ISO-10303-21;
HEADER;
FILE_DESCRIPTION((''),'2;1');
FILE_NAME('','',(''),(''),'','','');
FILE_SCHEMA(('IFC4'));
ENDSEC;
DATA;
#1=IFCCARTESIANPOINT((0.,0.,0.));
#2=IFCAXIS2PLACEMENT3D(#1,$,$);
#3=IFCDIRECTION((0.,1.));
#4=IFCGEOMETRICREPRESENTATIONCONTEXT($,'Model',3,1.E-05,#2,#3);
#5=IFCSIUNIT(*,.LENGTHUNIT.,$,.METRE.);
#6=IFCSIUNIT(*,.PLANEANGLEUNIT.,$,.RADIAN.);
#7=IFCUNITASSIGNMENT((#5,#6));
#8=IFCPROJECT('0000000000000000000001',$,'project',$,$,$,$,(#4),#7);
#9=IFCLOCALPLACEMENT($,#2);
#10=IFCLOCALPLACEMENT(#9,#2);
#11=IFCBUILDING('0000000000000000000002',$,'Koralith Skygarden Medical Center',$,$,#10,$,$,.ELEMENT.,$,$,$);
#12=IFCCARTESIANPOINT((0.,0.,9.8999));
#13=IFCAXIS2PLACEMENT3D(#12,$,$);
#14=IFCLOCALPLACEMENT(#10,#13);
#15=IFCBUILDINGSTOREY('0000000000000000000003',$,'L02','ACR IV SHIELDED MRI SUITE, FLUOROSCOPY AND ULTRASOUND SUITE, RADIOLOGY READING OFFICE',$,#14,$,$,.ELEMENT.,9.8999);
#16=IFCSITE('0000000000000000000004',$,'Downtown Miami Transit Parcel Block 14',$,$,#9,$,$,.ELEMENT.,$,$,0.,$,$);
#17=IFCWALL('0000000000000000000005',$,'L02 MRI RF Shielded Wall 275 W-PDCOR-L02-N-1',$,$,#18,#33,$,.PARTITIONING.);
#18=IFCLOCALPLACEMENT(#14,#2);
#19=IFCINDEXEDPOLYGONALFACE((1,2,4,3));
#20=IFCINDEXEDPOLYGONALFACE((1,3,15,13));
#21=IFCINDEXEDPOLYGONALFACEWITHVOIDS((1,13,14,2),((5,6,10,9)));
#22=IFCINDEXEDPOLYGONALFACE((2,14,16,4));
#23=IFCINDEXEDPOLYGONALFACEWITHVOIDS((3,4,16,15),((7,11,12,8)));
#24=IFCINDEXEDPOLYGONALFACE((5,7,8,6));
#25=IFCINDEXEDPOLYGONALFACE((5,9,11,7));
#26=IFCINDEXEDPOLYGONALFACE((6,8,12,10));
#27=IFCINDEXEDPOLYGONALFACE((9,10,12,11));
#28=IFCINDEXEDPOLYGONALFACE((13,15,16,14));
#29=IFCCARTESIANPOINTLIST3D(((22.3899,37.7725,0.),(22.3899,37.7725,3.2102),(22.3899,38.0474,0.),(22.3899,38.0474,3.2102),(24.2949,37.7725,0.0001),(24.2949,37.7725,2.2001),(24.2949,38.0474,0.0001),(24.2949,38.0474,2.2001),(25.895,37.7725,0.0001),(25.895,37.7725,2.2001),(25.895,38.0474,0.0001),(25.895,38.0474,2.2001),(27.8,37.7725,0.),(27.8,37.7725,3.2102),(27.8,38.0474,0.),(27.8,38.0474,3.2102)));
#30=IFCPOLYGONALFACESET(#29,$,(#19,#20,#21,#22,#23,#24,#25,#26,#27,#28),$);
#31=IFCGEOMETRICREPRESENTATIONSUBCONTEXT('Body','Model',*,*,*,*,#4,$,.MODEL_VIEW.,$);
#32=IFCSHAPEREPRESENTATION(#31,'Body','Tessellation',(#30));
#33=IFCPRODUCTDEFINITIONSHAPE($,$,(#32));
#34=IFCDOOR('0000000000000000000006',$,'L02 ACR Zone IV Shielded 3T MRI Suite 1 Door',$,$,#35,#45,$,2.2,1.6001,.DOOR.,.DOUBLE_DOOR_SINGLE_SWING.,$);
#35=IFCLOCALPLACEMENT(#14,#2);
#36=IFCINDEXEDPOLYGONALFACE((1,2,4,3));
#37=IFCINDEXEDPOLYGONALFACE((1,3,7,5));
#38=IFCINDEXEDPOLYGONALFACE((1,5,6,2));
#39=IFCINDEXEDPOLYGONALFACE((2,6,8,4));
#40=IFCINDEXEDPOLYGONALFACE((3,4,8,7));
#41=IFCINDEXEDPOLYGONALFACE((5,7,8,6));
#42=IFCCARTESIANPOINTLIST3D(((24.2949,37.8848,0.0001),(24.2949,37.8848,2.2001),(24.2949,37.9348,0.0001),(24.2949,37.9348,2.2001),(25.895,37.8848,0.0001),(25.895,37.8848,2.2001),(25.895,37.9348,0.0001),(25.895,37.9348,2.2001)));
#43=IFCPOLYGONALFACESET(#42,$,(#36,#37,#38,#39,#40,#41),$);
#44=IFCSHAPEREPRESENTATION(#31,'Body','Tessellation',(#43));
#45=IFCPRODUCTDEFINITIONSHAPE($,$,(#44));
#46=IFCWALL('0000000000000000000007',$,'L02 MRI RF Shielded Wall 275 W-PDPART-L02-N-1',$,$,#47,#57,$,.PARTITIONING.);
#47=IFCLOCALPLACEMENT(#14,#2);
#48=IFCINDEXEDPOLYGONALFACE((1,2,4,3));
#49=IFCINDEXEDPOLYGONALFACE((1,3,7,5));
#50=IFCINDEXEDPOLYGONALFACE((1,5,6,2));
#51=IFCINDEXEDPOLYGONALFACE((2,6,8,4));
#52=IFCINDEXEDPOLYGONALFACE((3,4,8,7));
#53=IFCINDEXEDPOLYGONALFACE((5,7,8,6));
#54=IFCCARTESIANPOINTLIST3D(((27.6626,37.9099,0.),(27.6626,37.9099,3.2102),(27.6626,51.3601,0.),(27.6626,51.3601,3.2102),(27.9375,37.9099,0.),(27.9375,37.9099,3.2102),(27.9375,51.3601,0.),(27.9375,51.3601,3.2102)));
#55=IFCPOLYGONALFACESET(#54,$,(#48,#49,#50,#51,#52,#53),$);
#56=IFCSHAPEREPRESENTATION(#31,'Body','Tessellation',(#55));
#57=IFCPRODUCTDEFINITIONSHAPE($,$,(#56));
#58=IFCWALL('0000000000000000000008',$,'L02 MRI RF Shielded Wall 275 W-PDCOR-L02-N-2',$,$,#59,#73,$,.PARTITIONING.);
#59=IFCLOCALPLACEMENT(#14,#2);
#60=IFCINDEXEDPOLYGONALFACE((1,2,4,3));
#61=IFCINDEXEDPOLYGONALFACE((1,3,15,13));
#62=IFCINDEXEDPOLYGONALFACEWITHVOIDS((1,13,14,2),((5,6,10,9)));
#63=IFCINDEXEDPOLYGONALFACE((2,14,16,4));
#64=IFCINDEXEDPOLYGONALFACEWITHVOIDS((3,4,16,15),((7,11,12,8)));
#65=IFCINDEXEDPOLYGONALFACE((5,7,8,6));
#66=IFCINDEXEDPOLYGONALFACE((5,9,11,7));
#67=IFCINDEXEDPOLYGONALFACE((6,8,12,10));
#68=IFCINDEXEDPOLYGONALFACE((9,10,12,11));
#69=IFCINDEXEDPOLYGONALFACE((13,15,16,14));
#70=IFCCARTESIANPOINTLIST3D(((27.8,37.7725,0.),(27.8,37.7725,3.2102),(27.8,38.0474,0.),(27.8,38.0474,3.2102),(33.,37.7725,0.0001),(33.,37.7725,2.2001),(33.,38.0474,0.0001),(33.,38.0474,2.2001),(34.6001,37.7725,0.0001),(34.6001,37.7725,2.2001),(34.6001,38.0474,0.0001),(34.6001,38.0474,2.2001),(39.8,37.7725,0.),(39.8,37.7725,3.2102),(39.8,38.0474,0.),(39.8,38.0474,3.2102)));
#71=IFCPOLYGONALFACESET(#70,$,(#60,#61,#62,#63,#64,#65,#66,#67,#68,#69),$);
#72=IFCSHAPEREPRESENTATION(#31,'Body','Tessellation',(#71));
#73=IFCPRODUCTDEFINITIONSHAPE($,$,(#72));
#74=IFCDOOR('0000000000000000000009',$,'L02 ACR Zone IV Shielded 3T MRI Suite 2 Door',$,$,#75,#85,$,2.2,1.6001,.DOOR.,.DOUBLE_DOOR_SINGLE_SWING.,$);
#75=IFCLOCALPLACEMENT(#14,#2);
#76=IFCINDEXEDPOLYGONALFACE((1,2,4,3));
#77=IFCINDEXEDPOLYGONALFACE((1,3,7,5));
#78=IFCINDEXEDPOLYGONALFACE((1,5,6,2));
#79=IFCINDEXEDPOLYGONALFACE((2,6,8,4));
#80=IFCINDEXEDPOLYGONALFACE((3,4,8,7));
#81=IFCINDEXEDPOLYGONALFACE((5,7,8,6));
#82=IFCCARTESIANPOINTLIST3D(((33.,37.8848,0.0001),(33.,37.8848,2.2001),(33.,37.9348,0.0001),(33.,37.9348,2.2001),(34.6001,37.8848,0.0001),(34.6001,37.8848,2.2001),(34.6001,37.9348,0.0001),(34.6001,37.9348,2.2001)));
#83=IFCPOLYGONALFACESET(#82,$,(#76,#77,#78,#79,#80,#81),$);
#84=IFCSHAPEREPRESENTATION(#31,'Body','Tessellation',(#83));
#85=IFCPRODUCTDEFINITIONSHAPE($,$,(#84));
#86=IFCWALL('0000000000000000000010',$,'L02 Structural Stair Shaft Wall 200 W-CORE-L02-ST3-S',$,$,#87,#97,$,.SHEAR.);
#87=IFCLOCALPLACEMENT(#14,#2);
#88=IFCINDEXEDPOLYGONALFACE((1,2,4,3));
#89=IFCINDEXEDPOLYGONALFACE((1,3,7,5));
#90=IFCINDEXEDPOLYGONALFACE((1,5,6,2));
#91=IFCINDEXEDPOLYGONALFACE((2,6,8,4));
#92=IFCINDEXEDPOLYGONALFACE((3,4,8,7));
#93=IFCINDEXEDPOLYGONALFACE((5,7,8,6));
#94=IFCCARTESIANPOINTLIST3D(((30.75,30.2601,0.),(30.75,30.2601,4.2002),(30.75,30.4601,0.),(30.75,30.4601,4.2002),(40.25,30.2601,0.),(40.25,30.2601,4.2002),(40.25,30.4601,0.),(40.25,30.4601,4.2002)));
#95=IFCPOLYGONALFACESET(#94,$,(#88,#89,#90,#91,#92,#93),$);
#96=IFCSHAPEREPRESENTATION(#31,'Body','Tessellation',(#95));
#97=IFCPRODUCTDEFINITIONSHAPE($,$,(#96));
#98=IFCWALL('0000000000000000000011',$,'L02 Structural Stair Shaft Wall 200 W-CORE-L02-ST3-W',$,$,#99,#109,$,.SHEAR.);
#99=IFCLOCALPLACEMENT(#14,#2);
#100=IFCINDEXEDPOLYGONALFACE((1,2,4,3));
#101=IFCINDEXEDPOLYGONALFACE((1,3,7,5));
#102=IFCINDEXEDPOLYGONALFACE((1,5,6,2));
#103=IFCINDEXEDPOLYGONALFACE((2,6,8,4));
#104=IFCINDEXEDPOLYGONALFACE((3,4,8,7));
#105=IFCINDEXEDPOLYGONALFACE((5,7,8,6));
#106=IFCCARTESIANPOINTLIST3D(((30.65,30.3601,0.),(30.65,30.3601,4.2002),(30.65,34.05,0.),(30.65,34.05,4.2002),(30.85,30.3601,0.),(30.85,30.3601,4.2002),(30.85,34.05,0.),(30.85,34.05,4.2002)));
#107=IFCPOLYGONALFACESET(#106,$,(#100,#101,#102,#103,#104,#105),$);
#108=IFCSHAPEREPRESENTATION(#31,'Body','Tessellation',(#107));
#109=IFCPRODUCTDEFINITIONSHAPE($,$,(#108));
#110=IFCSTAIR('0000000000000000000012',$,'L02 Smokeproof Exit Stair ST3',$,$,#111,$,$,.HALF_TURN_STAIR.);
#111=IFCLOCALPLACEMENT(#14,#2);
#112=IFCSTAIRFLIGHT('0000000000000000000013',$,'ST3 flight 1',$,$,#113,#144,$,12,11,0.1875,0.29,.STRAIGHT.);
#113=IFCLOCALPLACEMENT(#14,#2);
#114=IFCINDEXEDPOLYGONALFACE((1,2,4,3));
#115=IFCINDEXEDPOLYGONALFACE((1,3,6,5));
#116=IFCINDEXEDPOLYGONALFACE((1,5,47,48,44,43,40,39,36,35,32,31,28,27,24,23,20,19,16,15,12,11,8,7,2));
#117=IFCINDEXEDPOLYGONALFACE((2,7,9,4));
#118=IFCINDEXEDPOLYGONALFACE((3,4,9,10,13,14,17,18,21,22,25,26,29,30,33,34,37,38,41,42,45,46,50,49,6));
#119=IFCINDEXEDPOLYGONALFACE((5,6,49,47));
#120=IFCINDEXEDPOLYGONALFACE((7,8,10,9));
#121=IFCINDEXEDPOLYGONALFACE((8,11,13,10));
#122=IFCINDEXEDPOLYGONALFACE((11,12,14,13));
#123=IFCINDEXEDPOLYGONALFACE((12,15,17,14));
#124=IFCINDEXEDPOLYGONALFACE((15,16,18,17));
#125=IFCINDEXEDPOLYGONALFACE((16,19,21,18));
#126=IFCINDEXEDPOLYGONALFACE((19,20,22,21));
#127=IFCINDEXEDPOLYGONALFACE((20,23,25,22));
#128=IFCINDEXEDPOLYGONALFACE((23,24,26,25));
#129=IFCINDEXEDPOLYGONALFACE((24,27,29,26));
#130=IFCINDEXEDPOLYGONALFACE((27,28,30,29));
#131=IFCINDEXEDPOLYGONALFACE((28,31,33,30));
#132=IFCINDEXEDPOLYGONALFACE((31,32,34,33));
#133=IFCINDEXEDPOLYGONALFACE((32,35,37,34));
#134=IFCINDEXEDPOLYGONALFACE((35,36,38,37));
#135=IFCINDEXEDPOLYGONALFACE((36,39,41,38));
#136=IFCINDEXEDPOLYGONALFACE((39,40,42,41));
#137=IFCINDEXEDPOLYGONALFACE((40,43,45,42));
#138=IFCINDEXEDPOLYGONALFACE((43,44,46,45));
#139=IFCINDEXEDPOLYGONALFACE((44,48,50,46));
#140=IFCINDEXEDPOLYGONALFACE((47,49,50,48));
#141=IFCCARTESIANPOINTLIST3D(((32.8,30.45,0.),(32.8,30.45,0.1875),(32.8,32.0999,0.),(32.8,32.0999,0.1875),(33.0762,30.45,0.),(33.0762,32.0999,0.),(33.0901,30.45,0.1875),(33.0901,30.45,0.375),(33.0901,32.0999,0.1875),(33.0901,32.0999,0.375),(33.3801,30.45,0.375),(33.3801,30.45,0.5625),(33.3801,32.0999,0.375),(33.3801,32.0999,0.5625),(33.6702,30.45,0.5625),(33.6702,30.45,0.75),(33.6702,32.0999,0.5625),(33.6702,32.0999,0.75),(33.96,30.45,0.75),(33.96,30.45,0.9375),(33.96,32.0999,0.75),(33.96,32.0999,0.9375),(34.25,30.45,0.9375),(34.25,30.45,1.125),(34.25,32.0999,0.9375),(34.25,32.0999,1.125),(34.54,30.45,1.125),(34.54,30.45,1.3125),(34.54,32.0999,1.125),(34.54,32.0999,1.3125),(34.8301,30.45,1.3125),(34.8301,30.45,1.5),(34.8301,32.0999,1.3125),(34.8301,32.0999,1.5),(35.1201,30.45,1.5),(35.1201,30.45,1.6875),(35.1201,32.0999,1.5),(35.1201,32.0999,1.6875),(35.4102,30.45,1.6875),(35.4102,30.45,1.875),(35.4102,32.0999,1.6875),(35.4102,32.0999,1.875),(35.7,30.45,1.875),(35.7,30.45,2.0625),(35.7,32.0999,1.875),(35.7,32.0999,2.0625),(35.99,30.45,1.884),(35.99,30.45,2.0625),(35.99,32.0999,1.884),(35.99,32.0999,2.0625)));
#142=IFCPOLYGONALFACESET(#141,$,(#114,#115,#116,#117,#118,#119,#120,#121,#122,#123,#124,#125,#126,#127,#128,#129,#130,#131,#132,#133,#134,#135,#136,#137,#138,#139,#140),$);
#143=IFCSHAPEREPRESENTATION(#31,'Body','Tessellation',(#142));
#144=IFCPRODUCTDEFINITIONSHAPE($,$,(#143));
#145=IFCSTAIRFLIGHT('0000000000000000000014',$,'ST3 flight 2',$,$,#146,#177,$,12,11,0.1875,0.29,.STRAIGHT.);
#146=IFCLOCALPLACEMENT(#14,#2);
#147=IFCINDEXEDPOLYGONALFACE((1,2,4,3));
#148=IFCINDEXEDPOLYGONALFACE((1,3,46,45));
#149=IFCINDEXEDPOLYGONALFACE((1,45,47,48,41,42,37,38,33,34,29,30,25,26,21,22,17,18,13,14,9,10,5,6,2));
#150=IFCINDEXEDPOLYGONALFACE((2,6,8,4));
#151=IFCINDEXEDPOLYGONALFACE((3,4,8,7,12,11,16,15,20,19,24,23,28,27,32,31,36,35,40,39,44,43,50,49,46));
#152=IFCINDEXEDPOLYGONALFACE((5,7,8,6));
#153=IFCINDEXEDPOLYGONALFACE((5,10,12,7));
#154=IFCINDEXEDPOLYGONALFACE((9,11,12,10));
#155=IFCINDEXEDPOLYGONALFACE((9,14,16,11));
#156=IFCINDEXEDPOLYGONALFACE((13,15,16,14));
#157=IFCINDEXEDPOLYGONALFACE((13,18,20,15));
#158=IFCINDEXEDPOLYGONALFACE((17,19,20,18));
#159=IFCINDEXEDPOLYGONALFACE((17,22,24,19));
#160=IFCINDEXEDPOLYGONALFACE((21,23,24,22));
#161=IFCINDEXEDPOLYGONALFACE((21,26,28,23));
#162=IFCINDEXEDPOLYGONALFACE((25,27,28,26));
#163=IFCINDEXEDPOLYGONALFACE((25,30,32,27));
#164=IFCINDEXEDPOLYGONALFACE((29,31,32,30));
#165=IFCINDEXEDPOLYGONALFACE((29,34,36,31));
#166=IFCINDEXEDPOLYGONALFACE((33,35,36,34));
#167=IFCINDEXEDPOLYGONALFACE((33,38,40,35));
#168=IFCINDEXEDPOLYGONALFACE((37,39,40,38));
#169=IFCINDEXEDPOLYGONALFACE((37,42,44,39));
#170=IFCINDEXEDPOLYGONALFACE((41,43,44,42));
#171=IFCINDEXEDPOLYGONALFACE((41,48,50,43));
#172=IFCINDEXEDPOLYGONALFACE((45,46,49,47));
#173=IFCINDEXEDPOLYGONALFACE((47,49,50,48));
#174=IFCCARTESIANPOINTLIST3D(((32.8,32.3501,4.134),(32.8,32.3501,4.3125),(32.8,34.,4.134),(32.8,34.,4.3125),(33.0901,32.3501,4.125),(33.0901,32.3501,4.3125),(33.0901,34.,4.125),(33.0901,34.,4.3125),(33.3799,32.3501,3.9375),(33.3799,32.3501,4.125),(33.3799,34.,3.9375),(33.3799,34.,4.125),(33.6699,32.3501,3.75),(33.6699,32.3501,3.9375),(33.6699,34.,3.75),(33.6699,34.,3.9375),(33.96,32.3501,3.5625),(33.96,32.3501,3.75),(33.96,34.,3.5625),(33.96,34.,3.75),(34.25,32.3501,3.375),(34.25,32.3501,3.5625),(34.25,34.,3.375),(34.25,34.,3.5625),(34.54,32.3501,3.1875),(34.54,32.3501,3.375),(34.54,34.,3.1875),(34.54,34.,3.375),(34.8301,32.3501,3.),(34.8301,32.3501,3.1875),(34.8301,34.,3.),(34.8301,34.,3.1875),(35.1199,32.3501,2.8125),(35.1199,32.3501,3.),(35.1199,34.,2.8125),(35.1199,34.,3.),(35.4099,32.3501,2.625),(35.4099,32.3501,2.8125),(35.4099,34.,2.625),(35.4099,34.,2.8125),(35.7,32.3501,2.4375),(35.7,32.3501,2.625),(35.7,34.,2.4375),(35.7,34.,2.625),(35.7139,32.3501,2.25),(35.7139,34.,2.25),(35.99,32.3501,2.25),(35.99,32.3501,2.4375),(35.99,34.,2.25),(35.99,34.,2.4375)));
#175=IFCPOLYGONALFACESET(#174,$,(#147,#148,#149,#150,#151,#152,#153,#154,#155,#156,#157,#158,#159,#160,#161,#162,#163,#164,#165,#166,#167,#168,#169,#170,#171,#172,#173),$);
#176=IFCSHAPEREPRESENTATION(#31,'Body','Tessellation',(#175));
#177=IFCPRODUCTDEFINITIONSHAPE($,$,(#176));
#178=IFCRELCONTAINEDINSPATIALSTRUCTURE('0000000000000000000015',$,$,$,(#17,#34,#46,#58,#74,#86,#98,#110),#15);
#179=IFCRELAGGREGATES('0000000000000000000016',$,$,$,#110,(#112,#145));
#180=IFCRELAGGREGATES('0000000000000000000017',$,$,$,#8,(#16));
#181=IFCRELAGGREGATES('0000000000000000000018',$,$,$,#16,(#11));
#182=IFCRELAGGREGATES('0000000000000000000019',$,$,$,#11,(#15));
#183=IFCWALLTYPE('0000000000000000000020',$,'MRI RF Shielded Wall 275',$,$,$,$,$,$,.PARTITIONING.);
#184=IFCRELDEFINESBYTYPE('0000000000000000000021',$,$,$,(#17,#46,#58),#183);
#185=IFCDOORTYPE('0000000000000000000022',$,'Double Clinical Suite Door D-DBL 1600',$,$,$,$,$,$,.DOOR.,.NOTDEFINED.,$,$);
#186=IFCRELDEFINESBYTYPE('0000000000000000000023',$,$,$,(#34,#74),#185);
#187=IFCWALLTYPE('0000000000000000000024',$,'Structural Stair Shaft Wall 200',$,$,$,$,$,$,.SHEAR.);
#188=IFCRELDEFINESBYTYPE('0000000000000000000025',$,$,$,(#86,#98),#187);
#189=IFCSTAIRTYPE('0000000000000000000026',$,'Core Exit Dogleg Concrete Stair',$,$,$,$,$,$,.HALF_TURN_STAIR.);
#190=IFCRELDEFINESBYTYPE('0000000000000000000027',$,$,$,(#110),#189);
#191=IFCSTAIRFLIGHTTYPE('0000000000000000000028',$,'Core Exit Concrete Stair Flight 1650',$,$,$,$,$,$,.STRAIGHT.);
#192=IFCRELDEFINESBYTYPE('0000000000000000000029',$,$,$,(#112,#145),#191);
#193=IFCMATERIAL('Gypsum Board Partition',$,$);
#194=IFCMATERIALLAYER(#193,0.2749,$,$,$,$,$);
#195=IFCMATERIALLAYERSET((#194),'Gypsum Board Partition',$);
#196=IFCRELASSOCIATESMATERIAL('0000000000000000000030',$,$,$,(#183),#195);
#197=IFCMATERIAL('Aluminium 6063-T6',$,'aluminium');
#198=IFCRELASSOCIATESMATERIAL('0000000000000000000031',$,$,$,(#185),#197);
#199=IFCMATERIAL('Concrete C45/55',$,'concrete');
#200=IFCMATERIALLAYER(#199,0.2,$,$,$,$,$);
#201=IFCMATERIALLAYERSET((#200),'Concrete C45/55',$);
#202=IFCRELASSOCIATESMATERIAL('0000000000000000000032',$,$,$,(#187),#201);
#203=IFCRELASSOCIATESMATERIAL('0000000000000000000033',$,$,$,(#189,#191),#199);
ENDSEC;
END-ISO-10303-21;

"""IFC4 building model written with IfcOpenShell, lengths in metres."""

from ifc_helpers import new_model, si_unit, direction, frame, frame_2d, origin, place, context, subcontext, project, spatial, polyline, rectangle, outline, extrude, material, layer, layer_set, type_object, element, fill, aggregate, save


model = new_model("IFC4")

# Units and contexts
model_context = context("Model", 3, precision=1e-05, world=origin(), true_north=direction((0.0, 1.0)))
body_context = subcontext(model_context, "Body", "Model", "MODEL_VIEW")
ifc_project = project(units=[si_unit("LENGTHUNIT", "METRE"), si_unit("PLANEANGLEUNIT", "RADIAN")], contexts=[model_context])

# Site, building, storey
site_placement = place(None, origin())
site = spatial("IfcSite", under=ifc_project, at=site_placement, Name="Downtown Miami Transit Parcel Block 14", CompositionType="ELEMENT", RefElevation=0.0)
building_placement = place(site_placement, origin())
building = spatial("IfcBuilding", under=site, at=building_placement, Name="Koralith Skygarden Medical Center", CompositionType="ELEMENT")
storey_placement = place(building_placement, frame((0.0, 0.0, 9.8999)))
storey = spatial("IfcBuildingStorey", under=building, at=storey_placement, Name="L02", Description="ACR IV SHIELDED MRI SUITE, FLUOROSCOPY AND ULTRASOUND SUITE, RADIOLOGY READING OFFICE", CompositionType="ELEMENT", Elevation=9.8999)

# Shared definitions
ifc_material_1 = material(Name="Aluminium 6063-T6", Category="aluminium")

# Wall, opening, door
ifc_material_2 = material(Name="Gypsum Board Partition")
ifc_layer_1 = layer(ifc_material_2, 0.2749)
ifc_layer_set_1 = layer_set([ifc_layer_1], Name="Gypsum Board Partition")
wall_type_1 = type_object("IfcWallType", Name="MRI RF Shielded Wall 275", PredefinedType="PARTITIONING", material=ifc_layer_set_1)
wall_1_placement = place(storey_placement, frame((22.3899, 37.9099, 0.0), z_axis=(0.0, 0.0, 1.0), x_axis=(1.0, 0.0, 0.0)))
wall_1 = element("IfcWall", 1, at=wall_1_placement, inside=storey, type_object=wall_type_1, Name="L02 MRI RF Shielded Wall 275 W-PDCOR-L02-N-1", PredefinedType="PARTITIONING", context=body_context, shape_type="SweptSolid", body=[
    extrude(rectangle(XDim=5.4102, YDim=0.2749, at=frame_2d((2.7051, 0.0))), origin(), (0.0, 0.0, 1.0), 3.2102),
])
opening_1_placement = place(wall_1_placement, frame((1.905, 0.0, 0.0)))
opening_1 = element("IfcOpeningElement", 2, at=opening_1_placement, cuts=wall_1, PredefinedType="OPENING", context=body_context, shape_type="SweptSolid", body=[
    extrude(rectangle(XDim=1.6001, YDim=2.2, at=frame_2d((0.8, 1.1001))), frame((0.0, 0.1475, 0.0), z_axis=(0.0, -1.0, 0.0), x_axis=(1.0, 0.0, 0.0)), (0.0, 0.0, 1.0), 0.2949),
])
door_type = type_object("IfcDoorType", Name="Double Clinical Suite Door D-DBL 1600", OperationType="NOTDEFINED", PredefinedType="DOOR", material=ifc_material_1)
door_1_placement = place(opening_1_placement, origin())
door_1 = element("IfcDoor", 3, at=door_1_placement, inside=storey, type_object=door_type, Name="L02 ACR Zone IV Shielded 3T MRI Suite 1 Door", OperationType="DOUBLE_DOOR_SINGLE_SWING", OverallHeight=2.2, OverallWidth=1.6001, PredefinedType="DOOR", context=body_context, shape_type="SweptSolid", body=[
    extrude(rectangle(XDim=1.6001, YDim=2.2, at=frame_2d((0.8, 1.1001))), frame((0.0, 0.0249, 0.0), z_axis=(0.0, -1.0, 0.0), x_axis=(1.0, 0.0, 0.0)), (0.0, 0.0, 1.0), 0.05),
])
fill(opening_1, door_1)

# Wall
wall_2_placement = place(storey_placement, frame((27.8, 37.9099, 0.0), z_axis=(0.0, 0.0, 1.0), x_axis=(0.0, 1.0, 0.0)))
element("IfcWall", 4, at=wall_2_placement, inside=storey, type_object=wall_type_1, Name="L02 MRI RF Shielded Wall 275 W-PDPART-L02-N-1", PredefinedType="PARTITIONING", context=body_context, shape_type="SweptSolid", body=[
    extrude(rectangle(XDim=13.4502, YDim=0.2749, at=frame_2d((6.7251, 0.0))), origin(), (0.0, 0.0, 1.0), 3.2102),
])

# Wall, opening, door
wall_3_placement = place(storey_placement, frame((27.8, 37.9099, 0.0), z_axis=(0.0, 0.0, 1.0), x_axis=(1.0, 0.0, 0.0)))
wall_3 = element("IfcWall", 5, at=wall_3_placement, inside=storey, type_object=wall_type_1, Name="L02 MRI RF Shielded Wall 275 W-PDCOR-L02-N-2", PredefinedType="PARTITIONING", context=body_context, shape_type="SweptSolid", body=[
    extrude(rectangle(XDim=12.0, YDim=0.2749, at=frame_2d((6.0, 0.0))), origin(), (0.0, 0.0, 1.0), 3.2102),
])
opening_2_placement = place(wall_3_placement, frame((5.2, 0.0, 0.0)))
opening_2 = element("IfcOpeningElement", 6, at=opening_2_placement, cuts=wall_3, PredefinedType="OPENING", context=body_context, shape_type="SweptSolid", body=[
    extrude(rectangle(XDim=1.6001, YDim=2.2, at=frame_2d((0.8, 1.1001))), frame((0.0, 0.1475, 0.0), z_axis=(0.0, -1.0, 0.0), x_axis=(1.0, 0.0, 0.0)), (0.0, 0.0, 1.0), 0.2949),
])
door_2_placement = place(opening_2_placement, origin())
door_2 = element("IfcDoor", 7, at=door_2_placement, inside=storey, type_object=door_type, Name="L02 ACR Zone IV Shielded 3T MRI Suite 2 Door", OperationType="DOUBLE_DOOR_SINGLE_SWING", OverallHeight=2.2, OverallWidth=1.6001, PredefinedType="DOOR", context=body_context, shape_type="SweptSolid", body=[
    extrude(rectangle(XDim=1.6001, YDim=2.2, at=frame_2d((0.8, 1.1001))), frame((0.0, 0.0249, 0.0), z_axis=(0.0, -1.0, 0.0), x_axis=(1.0, 0.0, 0.0)), (0.0, 0.0, 1.0), 0.05),
])
fill(opening_2, door_2)

# Walls
ifc_material_3 = material(Name="Concrete C45/55", Category="concrete")
ifc_layer_2 = layer(ifc_material_3, 0.2)
ifc_layer_set_2 = layer_set([ifc_layer_2], Name="Concrete C45/55")
wall_type_2 = type_object("IfcWallType", Name="Structural Stair Shaft Wall 200", PredefinedType="SHEAR", material=ifc_layer_set_2)
wall_4_placement = place(storey_placement, frame((30.75, 30.3601, 0.0), z_axis=(0.0, 0.0, 1.0), x_axis=(1.0, 0.0, 0.0)))
element("IfcWall", 8, at=wall_4_placement, inside=storey, type_object=wall_type_2, Name="L02 Structural Stair Shaft Wall 200 W-CORE-L02-ST3-S", PredefinedType="SHEAR", context=body_context, shape_type="SweptSolid", body=[
    extrude(rectangle(XDim=9.5, YDim=0.2, at=frame_2d((4.75, 0.0))), origin(), (0.0, 0.0, 1.0), 4.2002),
])
wall_5_placement = place(storey_placement, frame((30.75, 30.3601, 0.0), z_axis=(0.0, 0.0, 1.0), x_axis=(0.0, 1.0, 0.0)))
element("IfcWall", 9, at=wall_5_placement, inside=storey, type_object=wall_type_2, Name="L02 Structural Stair Shaft Wall 200 W-CORE-L02-ST3-W", PredefinedType="SHEAR", context=body_context, shape_type="SweptSolid", body=[
    extrude(rectangle(XDim=3.6899, YDim=0.2, at=frame_2d((1.845, 0.0))), origin(), (0.0, 0.0, 1.0), 4.2002),
])

# Stair, stair flights
stair_type = type_object("IfcStairType", Name="Core Exit Dogleg Concrete Stair", PredefinedType="HALF_TURN_STAIR", material=ifc_material_3)
stair_placement = place(storey_placement, origin())
stair = element("IfcStair", 10, at=stair_placement, inside=storey, type_object=stair_type, Name="L02 Smokeproof Exit Stair ST3", PredefinedType="HALF_TURN_STAIR")
stair_flight_type = type_object("IfcStairFlightType", Name="Core Exit Concrete Stair Flight 1650", PredefinedType="STRAIGHT", material=ifc_material_3)
stair_flight_1_placement = place(storey_placement, frame((32.8, 31.2749, 0.0), z_axis=(0.0, 0.0, 1.0), x_axis=(1.0, 0.0, 0.0)))
stair_flight_1 = element("IfcStairFlight", 11, at=stair_flight_1_placement, type_object=stair_flight_type, Name="ST3 flight 1", NumberOfRisers=12, NumberOfTreads=11, PredefinedType="STRAIGHT", RiserHeight=0.1875, TreadLength=0.29, context=body_context, shape_type="SweptSolid", body=[
    extrude(outline(polyline([(0.0, 0.0), (0.0, 0.1875), (0.29, 0.1875), (0.29, 0.375), (0.5801, 0.375), (0.5801, 0.5625), (0.8701, 0.5625), (0.8701, 0.75), (1.1599, 0.75), (1.1599, 0.9375), (1.45, 0.9375), (1.45, 1.125), (1.74, 1.125), (1.74, 1.3125), (2.03, 1.3125), (2.03, 1.5), (2.3201, 1.5), (2.3201, 1.6875), (2.6101, 1.6875), (2.6101, 1.875), (2.8999, 1.875), (2.8999, 2.0625), (3.1899, 2.0625), (3.1899, 2.25), (3.1899, 1.884), (0.2761, 0.0), (0.0, 0.0)])), frame((0.0, 0.825, 0.0), z_axis=(0.0, -1.0, 0.0), x_axis=(1.0, 0.0, 0.0)), (0.0, 0.0, 1.0), 1.6499),
])
stair_flight_2_placement = place(storey_placement, frame((35.99, 33.175, 2.25), z_axis=(0.0, 0.0, 1.0), x_axis=(-1.0, 0.0, 0.0)))
stair_flight_2 = element("IfcStairFlight", 12, at=stair_flight_2_placement, type_object=stair_flight_type, Name="ST3 flight 2", NumberOfRisers=12, NumberOfTreads=11, PredefinedType="STRAIGHT", RiserHeight=0.1875, TreadLength=0.29, context=body_context, shape_type="SweptSolid", body=[
    extrude(outline(polyline([(0.0, 0.0), (0.0, 0.1875), (0.29, 0.1875), (0.29, 0.375), (0.5801, 0.375), (0.5801, 0.5625), (0.8701, 0.5625), (0.8701, 0.75), (1.1599, 0.75), (1.1599, 0.9375), (1.45, 0.9375), (1.45, 1.125), (1.74, 1.125), (1.74, 1.3125), (2.03, 1.3125), (2.03, 1.5), (2.3201, 1.5), (2.3201, 1.6875), (2.6101, 1.6875), (2.6101, 1.875), (2.8999, 1.875), (2.8999, 2.0625), (3.1899, 2.0625), (3.1899, 2.25), (3.1899, 1.884), (0.2761, 0.0), (0.0, 0.0)])), frame((0.0, 0.825, 0.0), z_axis=(0.0, -1.0, 0.0), x_axis=(1.0, 0.0, 0.0)), (0.0, 0.0, 1.0), 1.6499),
])
aggregate(stair, [stair_flight_1, stair_flight_2])

save(model, "model.ifc")
